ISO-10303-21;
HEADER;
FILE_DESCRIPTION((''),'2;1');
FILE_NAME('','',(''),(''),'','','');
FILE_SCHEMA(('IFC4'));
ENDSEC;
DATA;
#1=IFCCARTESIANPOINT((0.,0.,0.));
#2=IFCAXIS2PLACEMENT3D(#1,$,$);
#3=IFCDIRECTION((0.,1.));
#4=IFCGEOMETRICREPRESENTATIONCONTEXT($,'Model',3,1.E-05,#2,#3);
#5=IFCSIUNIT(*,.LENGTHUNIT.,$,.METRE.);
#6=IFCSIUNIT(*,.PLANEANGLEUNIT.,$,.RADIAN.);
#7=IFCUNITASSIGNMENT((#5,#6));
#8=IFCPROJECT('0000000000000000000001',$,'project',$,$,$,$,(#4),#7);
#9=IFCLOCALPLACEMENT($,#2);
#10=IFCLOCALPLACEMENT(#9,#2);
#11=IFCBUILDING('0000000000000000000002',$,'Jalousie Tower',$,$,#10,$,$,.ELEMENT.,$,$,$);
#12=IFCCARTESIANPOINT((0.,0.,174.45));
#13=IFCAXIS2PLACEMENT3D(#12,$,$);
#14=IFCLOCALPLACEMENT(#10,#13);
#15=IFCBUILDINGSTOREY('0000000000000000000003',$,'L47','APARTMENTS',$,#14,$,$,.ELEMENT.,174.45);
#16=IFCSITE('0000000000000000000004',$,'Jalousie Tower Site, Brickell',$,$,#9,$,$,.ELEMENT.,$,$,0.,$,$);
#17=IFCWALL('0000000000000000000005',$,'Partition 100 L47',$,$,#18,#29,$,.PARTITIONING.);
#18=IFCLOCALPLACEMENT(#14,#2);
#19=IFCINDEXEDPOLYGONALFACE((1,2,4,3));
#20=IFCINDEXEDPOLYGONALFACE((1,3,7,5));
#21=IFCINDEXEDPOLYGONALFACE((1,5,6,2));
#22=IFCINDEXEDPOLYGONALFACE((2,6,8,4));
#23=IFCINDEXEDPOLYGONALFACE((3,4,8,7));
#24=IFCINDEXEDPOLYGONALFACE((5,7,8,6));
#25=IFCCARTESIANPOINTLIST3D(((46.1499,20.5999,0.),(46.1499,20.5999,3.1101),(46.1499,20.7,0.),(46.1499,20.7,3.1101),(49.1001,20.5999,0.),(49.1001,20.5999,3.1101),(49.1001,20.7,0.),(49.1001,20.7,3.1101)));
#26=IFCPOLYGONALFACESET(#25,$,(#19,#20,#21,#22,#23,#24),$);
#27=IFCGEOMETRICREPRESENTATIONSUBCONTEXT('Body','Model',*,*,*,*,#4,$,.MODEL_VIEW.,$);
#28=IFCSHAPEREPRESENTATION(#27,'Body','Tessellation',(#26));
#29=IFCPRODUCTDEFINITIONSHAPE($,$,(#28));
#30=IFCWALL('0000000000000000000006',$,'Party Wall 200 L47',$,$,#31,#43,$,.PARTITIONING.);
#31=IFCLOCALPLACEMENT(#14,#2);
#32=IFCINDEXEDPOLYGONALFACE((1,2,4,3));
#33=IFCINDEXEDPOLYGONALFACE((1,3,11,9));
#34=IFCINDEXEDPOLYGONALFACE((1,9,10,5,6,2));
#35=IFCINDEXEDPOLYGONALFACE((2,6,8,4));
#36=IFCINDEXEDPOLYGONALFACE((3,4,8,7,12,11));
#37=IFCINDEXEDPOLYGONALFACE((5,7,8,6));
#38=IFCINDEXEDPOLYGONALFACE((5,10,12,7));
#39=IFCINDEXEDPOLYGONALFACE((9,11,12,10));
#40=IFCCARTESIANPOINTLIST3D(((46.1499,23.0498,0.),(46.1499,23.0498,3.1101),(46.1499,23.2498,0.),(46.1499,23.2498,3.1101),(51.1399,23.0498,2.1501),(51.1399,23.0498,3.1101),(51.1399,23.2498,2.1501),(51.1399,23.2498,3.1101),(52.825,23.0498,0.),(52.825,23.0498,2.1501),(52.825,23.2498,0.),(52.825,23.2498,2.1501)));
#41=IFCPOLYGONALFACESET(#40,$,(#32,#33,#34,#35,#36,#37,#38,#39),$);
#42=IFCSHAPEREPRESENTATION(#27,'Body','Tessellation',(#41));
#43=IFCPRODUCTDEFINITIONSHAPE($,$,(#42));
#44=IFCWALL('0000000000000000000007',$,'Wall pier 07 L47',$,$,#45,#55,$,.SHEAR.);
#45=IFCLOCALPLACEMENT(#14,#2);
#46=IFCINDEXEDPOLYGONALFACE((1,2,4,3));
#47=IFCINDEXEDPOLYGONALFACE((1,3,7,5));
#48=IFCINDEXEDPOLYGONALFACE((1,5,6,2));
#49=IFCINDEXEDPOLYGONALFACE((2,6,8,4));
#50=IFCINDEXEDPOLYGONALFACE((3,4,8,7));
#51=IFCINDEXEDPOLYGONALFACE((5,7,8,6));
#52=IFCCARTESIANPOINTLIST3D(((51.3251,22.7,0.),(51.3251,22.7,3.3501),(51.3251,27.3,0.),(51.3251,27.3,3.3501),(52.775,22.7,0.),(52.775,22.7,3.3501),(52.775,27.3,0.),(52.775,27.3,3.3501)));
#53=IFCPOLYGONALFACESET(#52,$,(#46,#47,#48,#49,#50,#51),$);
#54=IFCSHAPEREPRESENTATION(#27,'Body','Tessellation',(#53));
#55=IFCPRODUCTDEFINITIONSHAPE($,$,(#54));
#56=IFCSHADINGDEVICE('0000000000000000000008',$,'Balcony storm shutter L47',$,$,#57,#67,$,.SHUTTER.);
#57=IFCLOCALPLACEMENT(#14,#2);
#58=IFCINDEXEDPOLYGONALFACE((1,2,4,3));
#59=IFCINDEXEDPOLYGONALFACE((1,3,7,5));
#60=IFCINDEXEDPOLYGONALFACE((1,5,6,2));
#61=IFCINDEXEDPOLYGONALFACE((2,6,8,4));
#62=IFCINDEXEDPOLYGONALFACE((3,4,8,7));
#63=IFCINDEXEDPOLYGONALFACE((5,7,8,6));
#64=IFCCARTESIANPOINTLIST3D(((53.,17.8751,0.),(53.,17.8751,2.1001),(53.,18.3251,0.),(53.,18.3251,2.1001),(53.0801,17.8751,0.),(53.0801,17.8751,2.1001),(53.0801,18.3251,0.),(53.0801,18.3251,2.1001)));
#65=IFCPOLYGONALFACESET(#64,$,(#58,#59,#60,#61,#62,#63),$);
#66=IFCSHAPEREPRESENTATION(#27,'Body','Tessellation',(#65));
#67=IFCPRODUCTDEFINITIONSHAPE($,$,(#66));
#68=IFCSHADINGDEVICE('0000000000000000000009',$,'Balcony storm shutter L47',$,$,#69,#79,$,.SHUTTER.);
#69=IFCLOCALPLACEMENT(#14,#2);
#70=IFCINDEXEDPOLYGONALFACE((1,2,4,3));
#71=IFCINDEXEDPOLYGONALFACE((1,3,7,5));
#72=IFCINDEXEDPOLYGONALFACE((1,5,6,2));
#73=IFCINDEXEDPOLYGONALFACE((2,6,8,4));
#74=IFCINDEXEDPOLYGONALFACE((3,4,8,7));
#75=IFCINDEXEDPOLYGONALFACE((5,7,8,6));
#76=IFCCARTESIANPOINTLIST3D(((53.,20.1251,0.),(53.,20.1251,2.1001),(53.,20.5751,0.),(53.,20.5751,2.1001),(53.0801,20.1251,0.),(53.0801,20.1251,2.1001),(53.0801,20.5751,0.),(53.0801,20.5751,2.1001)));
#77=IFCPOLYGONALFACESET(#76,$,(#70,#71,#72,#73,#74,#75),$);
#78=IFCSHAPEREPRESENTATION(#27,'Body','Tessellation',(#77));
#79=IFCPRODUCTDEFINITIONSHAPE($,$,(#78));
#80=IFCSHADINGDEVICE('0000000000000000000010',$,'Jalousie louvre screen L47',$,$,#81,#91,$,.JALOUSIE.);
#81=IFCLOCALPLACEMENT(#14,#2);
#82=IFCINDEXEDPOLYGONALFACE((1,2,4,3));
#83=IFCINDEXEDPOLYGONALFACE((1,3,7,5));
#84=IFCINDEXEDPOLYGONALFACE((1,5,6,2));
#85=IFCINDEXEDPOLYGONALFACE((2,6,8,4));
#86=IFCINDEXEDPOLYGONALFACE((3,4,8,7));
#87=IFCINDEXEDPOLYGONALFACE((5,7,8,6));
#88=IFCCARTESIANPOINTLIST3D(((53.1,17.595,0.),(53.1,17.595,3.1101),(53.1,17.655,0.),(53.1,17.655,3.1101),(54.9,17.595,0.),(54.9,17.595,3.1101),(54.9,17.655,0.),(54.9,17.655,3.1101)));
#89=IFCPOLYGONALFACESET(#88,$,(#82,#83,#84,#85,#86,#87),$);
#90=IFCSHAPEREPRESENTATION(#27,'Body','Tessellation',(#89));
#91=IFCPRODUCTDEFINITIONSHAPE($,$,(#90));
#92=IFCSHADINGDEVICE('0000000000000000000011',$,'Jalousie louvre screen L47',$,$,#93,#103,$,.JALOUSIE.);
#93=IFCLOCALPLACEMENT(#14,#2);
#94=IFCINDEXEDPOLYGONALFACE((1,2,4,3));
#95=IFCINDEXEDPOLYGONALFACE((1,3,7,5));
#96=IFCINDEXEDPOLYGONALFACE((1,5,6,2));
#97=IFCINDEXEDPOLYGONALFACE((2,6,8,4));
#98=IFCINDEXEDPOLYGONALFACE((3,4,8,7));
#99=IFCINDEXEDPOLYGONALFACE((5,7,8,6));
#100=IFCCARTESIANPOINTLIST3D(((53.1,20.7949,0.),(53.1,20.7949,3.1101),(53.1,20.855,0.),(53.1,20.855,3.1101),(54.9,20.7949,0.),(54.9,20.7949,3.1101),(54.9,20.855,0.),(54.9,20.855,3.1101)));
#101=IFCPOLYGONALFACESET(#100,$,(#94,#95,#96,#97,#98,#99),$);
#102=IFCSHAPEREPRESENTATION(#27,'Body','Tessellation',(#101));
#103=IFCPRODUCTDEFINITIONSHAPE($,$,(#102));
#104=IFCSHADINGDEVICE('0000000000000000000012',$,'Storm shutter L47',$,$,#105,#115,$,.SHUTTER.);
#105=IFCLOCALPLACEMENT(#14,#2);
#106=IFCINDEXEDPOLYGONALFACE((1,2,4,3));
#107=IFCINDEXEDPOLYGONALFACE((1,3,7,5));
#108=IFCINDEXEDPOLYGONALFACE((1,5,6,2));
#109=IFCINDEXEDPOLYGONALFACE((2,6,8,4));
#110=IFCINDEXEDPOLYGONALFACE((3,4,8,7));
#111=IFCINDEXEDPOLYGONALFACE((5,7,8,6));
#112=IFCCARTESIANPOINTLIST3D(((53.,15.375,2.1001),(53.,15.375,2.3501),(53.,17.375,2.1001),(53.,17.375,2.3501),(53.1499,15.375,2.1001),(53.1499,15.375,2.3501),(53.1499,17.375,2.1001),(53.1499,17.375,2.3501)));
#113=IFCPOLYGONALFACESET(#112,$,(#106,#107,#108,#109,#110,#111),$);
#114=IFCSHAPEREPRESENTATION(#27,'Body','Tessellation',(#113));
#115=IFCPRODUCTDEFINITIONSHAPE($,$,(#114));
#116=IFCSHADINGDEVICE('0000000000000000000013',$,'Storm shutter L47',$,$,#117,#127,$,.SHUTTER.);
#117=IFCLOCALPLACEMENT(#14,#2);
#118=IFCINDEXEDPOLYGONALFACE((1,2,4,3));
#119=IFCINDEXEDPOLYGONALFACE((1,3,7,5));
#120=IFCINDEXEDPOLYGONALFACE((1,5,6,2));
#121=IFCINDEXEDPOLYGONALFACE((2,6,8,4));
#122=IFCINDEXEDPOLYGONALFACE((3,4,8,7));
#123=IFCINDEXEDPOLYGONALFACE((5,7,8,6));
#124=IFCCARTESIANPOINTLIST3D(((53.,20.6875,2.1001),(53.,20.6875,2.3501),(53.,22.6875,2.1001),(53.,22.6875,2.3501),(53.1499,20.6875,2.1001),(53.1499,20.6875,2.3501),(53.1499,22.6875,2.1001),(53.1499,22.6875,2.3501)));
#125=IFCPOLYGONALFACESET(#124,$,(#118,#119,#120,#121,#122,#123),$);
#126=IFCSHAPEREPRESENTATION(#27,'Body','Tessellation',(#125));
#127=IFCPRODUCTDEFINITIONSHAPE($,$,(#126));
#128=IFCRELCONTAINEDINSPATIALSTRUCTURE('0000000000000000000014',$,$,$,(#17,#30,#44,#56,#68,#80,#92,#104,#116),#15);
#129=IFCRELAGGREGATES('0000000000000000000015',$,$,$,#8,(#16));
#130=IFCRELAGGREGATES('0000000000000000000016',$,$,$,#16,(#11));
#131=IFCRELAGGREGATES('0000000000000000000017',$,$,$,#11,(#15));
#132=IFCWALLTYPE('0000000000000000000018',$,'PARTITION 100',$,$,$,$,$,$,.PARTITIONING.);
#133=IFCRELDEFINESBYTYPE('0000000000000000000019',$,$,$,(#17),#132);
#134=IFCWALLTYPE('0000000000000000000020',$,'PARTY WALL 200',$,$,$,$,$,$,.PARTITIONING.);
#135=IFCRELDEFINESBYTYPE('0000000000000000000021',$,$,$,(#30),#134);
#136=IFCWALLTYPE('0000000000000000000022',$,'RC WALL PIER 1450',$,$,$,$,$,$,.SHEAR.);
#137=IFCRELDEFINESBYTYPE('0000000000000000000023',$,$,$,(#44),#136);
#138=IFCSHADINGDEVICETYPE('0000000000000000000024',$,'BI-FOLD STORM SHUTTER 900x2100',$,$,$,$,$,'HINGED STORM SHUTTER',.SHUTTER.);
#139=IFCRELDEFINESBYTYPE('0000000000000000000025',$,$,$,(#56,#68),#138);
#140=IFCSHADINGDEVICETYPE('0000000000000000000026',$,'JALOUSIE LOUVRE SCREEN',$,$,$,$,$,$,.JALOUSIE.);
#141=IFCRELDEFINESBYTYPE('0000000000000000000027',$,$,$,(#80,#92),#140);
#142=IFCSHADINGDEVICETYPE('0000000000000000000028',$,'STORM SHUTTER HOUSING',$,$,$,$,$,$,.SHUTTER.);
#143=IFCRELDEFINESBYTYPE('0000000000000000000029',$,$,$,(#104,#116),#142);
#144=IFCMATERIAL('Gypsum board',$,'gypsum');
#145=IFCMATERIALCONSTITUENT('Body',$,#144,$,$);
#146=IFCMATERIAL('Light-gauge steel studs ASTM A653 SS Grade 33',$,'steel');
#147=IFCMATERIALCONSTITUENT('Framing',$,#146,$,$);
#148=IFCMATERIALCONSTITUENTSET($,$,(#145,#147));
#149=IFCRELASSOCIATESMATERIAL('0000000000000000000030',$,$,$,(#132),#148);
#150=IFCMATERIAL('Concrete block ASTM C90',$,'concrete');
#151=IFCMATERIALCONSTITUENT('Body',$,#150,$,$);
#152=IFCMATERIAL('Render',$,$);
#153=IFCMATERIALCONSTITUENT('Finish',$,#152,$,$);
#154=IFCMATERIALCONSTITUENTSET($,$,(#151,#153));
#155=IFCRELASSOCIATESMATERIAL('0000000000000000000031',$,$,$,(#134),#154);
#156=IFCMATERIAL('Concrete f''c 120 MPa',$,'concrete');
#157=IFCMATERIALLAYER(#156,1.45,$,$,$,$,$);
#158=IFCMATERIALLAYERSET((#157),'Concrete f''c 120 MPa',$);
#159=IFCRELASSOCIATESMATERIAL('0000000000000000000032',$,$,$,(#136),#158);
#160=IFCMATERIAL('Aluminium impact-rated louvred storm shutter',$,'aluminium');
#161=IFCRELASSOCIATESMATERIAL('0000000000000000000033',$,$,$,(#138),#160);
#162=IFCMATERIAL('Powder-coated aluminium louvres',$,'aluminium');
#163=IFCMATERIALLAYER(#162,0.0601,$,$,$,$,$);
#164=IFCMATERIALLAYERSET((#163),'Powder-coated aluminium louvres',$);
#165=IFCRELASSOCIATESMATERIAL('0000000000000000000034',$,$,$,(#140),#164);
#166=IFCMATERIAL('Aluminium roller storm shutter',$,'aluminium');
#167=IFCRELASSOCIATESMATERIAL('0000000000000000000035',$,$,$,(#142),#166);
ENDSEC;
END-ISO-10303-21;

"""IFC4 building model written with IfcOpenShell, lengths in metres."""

from ifc_helpers import new_model, si_unit, direction, frame, frame_2d, origin, origin_2d, place, context, subcontext, project, spatial, polyline, rectangle, outline, extrude, material, layer, layer_set, constituent, constituent_set, type_object, element, save


model = new_model("IFC4")

# Units and contexts
model_context = context("Model", 3, precision=1e-05, world=origin(), true_north=direction((0.0, 1.0)))
body_context = subcontext(model_context, "Body", "Model", "MODEL_VIEW")
ifc_project = project(units=[si_unit("LENGTHUNIT", "METRE"), si_unit("PLANEANGLEUNIT", "RADIAN")], contexts=[model_context])

# Site, building, storey
site_placement = place(None, origin())
site = spatial("IfcSite", under=ifc_project, at=site_placement, Name="Jalousie Tower Site, Brickell", CompositionType="ELEMENT", RefElevation=0.0)
building_placement = place(site_placement, origin())
building = spatial("IfcBuilding", under=site, at=building_placement, Name="Jalousie Tower", CompositionType="ELEMENT")
storey_placement = place(building_placement, frame((0.0, 0.0, 174.45)))
storey = spatial("IfcBuildingStorey", under=building, at=storey_placement, Name="L47", Description="APARTMENTS", CompositionType="ELEMENT", Elevation=174.45)

# Shared definitions
ifc_material_1 = material(Name="Gypsum board", Category="gypsum")
ifc_constituent_1 = constituent(ifc_material_1, Name="Body")
ifc_material_2 = material(Name="Light-gauge steel studs ASTM A653 SS Grade 33", Category="steel")
ifc_constituent_2 = constituent(ifc_material_2, Name="Framing")
ifc_constituent_set_1 = constituent_set(constituents=[ifc_constituent_1, ifc_constituent_2])
wall_type_1 = type_object("IfcWallType", Name="PARTITION 100", PredefinedType="PARTITIONING", material=ifc_constituent_set_1)

# Walls
wall_1_placement = place(storey_placement, frame((49.1001, 20.6499, 0.0), z_axis=(0.0, 0.0, 1.0), x_axis=(-1.0, 0.0, 0.0)))
element("IfcWall", 1, at=wall_1_placement, inside=storey, type_object=wall_type_1, Name="Partition 100 L47", PredefinedType="PARTITIONING", context=body_context, shape_type="SweptSolid", body=[
    extrude(rectangle(XDim=2.9502, YDim=0.1001, at=frame_2d((1.4751, 0.0))), origin(), (0.0, 0.0, 1.0), 3.1101),
])
ifc_material_3 = material(Name="Concrete block ASTM C90", Category="concrete")
ifc_constituent_3 = constituent(ifc_material_3, Name="Body")
ifc_material_4 = material(Name="Render")
ifc_constituent_4 = constituent(ifc_material_4, Name="Finish")
ifc_constituent_set_2 = constituent_set(constituents=[ifc_constituent_3, ifc_constituent_4])
wall_type_2 = type_object("IfcWallType", Name="PARTY WALL 200", PredefinedType="PARTITIONING", material=ifc_constituent_set_2)
wall_2_placement = place(storey_placement, frame((52.825, 23.1499, 0.0), z_axis=(0.0, 0.0, 1.0), x_axis=(-1.0, 0.0, 0.0)))
element("IfcWall", 2, at=wall_2_placement, inside=storey, type_object=wall_type_2, Name="Party Wall 200 L47", PredefinedType="PARTITIONING", context=body_context, shape_type="SweptSolid", body=[
    extrude(outline(polyline([(0.0, 0.0), (6.675, 0.0), (6.675, 3.1101), (1.6851, 3.1101), (1.6851, 2.1501), (0.0, 2.1501), (0.0, 3.1101), (0.0, 0.0)])), frame((0.0, 0.1001, 0.0), z_axis=(0.0, -1.0, 0.0), x_axis=(1.0, 0.0, 0.0)), (0.0, 0.0, 1.0), 0.2),
])
ifc_material_5 = material(Name="Concrete f'c 120 MPa", Category="concrete")
ifc_layer_1 = layer(ifc_material_5, 1.45)
ifc_layer_set_1 = layer_set([ifc_layer_1], Name="Concrete f'c 120 MPa")
wall_type_3 = type_object("IfcWallType", Name="RC WALL PIER 1450", PredefinedType="SHEAR", material=ifc_layer_set_1)
wall_3_placement = place(storey_placement, frame((52.05, 22.7, 0.0), z_axis=(0.0, 0.0, 1.0), x_axis=(0.0, 1.0, 0.0)))
element("IfcWall", 3, at=wall_3_placement, inside=storey, type_object=wall_type_3, Name="Wall pier 07 L47", PredefinedType="SHEAR", context=body_context, shape_type="SweptSolid", body=[
    extrude(rectangle(XDim=4.6001, YDim=1.45, at=frame_2d((2.3, 0.0))), origin(), (0.0, 0.0, 1.0), 3.3501),
])

# Shading devices
ifc_material_6 = material(Name="Aluminium impact-rated louvred storm shutter", Category="aluminium")
shading_device_type_1 = type_object("IfcShadingDeviceType", Name="BI-FOLD STORM SHUTTER 900x2100", ElementType="HINGED STORM SHUTTER", PredefinedType="SHUTTER", material=ifc_material_6)
for number, where, z_axis, x_axis, name in (
    (4, (53.04, 18.1001, 0.0), (0.0, 0.0, 1.0), (0.0, 1.0, 0.0), "Balcony storm shutter L47"),
    (5, (53.04, 20.3501, 0.0), (0.0, 0.0, 1.0), (0.0, 1.0, 0.0), "Balcony storm shutter L47"),
):
    element("IfcShadingDevice", number, at=place(storey_placement, frame(where, z_axis=z_axis, x_axis=x_axis)), inside=storey, type_object=shading_device_type_1, Name=name, PredefinedType="SHUTTER", context=body_context, shape_type="SweptSolid", body=[
        extrude(rectangle(XDim=0.45, YDim=0.0801, at=origin_2d()), origin(), (0.0, 0.0, 1.0), 2.1001),
    ])

# Shading devices
ifc_material_7 = material(Name="Powder-coated aluminium louvres", Category="aluminium")
ifc_layer_2 = layer(ifc_material_7, 0.0601)
ifc_layer_set_2 = layer_set([ifc_layer_2], Name="Powder-coated aluminium louvres")
shading_device_type_2 = type_object("IfcShadingDeviceType", Name="JALOUSIE LOUVRE SCREEN", PredefinedType="JALOUSIE", material=ifc_layer_set_2)
for number, where, z_axis, x_axis, name in (
    (6, (54.0, 17.625, 0.0), (0.0, 0.0, 1.0), (0.0, 1.0, 0.0), "Jalousie louvre screen L47"),
    (7, (54.0, 20.825, 0.0), (0.0, 0.0, 1.0), (0.0, 1.0, 0.0), "Jalousie louvre screen L47"),
):
    element("IfcShadingDevice", number, at=place(storey_placement, frame(where, z_axis=z_axis, x_axis=x_axis)), inside=storey, type_object=shading_device_type_2, Name=name, PredefinedType="JALOUSIE", context=body_context, shape_type="SweptSolid", body=[
        extrude(rectangle(XDim=0.0601, YDim=1.8, at=origin_2d()), origin(), (0.0, 0.0, 1.0), 3.1101),
    ])
ifc_material_8 = material(Name="Aluminium roller storm shutter", Category="aluminium")
shading_device_type_3 = type_object("IfcShadingDeviceType", Name="STORM SHUTTER HOUSING", PredefinedType="SHUTTER", material=ifc_material_8)
for number, where, z_axis, x_axis, name in (
    (8, (53.075, 16.375, 2.1001), (0.0, 0.0, 1.0), (0.0, 1.0, 0.0), "Storm shutter L47"),
    (9, (53.075, 21.6875, 2.1001), (0.0, 0.0, 1.0), (0.0, 1.0, 0.0), "Storm shutter L47"),
):
    element("IfcShadingDevice", number, at=place(storey_placement, frame(where, z_axis=z_axis, x_axis=x_axis)), inside=storey, type_object=shading_device_type_3, Name=name, PredefinedType="SHUTTER", context=body_context, shape_type="SweptSolid", body=[
        extrude(rectangle(XDim=2.0, YDim=0.1499, at=origin_2d()), origin(), (0.0, 0.0, 1.0), 0.25),
    ])

save(model, "model.ifc")
